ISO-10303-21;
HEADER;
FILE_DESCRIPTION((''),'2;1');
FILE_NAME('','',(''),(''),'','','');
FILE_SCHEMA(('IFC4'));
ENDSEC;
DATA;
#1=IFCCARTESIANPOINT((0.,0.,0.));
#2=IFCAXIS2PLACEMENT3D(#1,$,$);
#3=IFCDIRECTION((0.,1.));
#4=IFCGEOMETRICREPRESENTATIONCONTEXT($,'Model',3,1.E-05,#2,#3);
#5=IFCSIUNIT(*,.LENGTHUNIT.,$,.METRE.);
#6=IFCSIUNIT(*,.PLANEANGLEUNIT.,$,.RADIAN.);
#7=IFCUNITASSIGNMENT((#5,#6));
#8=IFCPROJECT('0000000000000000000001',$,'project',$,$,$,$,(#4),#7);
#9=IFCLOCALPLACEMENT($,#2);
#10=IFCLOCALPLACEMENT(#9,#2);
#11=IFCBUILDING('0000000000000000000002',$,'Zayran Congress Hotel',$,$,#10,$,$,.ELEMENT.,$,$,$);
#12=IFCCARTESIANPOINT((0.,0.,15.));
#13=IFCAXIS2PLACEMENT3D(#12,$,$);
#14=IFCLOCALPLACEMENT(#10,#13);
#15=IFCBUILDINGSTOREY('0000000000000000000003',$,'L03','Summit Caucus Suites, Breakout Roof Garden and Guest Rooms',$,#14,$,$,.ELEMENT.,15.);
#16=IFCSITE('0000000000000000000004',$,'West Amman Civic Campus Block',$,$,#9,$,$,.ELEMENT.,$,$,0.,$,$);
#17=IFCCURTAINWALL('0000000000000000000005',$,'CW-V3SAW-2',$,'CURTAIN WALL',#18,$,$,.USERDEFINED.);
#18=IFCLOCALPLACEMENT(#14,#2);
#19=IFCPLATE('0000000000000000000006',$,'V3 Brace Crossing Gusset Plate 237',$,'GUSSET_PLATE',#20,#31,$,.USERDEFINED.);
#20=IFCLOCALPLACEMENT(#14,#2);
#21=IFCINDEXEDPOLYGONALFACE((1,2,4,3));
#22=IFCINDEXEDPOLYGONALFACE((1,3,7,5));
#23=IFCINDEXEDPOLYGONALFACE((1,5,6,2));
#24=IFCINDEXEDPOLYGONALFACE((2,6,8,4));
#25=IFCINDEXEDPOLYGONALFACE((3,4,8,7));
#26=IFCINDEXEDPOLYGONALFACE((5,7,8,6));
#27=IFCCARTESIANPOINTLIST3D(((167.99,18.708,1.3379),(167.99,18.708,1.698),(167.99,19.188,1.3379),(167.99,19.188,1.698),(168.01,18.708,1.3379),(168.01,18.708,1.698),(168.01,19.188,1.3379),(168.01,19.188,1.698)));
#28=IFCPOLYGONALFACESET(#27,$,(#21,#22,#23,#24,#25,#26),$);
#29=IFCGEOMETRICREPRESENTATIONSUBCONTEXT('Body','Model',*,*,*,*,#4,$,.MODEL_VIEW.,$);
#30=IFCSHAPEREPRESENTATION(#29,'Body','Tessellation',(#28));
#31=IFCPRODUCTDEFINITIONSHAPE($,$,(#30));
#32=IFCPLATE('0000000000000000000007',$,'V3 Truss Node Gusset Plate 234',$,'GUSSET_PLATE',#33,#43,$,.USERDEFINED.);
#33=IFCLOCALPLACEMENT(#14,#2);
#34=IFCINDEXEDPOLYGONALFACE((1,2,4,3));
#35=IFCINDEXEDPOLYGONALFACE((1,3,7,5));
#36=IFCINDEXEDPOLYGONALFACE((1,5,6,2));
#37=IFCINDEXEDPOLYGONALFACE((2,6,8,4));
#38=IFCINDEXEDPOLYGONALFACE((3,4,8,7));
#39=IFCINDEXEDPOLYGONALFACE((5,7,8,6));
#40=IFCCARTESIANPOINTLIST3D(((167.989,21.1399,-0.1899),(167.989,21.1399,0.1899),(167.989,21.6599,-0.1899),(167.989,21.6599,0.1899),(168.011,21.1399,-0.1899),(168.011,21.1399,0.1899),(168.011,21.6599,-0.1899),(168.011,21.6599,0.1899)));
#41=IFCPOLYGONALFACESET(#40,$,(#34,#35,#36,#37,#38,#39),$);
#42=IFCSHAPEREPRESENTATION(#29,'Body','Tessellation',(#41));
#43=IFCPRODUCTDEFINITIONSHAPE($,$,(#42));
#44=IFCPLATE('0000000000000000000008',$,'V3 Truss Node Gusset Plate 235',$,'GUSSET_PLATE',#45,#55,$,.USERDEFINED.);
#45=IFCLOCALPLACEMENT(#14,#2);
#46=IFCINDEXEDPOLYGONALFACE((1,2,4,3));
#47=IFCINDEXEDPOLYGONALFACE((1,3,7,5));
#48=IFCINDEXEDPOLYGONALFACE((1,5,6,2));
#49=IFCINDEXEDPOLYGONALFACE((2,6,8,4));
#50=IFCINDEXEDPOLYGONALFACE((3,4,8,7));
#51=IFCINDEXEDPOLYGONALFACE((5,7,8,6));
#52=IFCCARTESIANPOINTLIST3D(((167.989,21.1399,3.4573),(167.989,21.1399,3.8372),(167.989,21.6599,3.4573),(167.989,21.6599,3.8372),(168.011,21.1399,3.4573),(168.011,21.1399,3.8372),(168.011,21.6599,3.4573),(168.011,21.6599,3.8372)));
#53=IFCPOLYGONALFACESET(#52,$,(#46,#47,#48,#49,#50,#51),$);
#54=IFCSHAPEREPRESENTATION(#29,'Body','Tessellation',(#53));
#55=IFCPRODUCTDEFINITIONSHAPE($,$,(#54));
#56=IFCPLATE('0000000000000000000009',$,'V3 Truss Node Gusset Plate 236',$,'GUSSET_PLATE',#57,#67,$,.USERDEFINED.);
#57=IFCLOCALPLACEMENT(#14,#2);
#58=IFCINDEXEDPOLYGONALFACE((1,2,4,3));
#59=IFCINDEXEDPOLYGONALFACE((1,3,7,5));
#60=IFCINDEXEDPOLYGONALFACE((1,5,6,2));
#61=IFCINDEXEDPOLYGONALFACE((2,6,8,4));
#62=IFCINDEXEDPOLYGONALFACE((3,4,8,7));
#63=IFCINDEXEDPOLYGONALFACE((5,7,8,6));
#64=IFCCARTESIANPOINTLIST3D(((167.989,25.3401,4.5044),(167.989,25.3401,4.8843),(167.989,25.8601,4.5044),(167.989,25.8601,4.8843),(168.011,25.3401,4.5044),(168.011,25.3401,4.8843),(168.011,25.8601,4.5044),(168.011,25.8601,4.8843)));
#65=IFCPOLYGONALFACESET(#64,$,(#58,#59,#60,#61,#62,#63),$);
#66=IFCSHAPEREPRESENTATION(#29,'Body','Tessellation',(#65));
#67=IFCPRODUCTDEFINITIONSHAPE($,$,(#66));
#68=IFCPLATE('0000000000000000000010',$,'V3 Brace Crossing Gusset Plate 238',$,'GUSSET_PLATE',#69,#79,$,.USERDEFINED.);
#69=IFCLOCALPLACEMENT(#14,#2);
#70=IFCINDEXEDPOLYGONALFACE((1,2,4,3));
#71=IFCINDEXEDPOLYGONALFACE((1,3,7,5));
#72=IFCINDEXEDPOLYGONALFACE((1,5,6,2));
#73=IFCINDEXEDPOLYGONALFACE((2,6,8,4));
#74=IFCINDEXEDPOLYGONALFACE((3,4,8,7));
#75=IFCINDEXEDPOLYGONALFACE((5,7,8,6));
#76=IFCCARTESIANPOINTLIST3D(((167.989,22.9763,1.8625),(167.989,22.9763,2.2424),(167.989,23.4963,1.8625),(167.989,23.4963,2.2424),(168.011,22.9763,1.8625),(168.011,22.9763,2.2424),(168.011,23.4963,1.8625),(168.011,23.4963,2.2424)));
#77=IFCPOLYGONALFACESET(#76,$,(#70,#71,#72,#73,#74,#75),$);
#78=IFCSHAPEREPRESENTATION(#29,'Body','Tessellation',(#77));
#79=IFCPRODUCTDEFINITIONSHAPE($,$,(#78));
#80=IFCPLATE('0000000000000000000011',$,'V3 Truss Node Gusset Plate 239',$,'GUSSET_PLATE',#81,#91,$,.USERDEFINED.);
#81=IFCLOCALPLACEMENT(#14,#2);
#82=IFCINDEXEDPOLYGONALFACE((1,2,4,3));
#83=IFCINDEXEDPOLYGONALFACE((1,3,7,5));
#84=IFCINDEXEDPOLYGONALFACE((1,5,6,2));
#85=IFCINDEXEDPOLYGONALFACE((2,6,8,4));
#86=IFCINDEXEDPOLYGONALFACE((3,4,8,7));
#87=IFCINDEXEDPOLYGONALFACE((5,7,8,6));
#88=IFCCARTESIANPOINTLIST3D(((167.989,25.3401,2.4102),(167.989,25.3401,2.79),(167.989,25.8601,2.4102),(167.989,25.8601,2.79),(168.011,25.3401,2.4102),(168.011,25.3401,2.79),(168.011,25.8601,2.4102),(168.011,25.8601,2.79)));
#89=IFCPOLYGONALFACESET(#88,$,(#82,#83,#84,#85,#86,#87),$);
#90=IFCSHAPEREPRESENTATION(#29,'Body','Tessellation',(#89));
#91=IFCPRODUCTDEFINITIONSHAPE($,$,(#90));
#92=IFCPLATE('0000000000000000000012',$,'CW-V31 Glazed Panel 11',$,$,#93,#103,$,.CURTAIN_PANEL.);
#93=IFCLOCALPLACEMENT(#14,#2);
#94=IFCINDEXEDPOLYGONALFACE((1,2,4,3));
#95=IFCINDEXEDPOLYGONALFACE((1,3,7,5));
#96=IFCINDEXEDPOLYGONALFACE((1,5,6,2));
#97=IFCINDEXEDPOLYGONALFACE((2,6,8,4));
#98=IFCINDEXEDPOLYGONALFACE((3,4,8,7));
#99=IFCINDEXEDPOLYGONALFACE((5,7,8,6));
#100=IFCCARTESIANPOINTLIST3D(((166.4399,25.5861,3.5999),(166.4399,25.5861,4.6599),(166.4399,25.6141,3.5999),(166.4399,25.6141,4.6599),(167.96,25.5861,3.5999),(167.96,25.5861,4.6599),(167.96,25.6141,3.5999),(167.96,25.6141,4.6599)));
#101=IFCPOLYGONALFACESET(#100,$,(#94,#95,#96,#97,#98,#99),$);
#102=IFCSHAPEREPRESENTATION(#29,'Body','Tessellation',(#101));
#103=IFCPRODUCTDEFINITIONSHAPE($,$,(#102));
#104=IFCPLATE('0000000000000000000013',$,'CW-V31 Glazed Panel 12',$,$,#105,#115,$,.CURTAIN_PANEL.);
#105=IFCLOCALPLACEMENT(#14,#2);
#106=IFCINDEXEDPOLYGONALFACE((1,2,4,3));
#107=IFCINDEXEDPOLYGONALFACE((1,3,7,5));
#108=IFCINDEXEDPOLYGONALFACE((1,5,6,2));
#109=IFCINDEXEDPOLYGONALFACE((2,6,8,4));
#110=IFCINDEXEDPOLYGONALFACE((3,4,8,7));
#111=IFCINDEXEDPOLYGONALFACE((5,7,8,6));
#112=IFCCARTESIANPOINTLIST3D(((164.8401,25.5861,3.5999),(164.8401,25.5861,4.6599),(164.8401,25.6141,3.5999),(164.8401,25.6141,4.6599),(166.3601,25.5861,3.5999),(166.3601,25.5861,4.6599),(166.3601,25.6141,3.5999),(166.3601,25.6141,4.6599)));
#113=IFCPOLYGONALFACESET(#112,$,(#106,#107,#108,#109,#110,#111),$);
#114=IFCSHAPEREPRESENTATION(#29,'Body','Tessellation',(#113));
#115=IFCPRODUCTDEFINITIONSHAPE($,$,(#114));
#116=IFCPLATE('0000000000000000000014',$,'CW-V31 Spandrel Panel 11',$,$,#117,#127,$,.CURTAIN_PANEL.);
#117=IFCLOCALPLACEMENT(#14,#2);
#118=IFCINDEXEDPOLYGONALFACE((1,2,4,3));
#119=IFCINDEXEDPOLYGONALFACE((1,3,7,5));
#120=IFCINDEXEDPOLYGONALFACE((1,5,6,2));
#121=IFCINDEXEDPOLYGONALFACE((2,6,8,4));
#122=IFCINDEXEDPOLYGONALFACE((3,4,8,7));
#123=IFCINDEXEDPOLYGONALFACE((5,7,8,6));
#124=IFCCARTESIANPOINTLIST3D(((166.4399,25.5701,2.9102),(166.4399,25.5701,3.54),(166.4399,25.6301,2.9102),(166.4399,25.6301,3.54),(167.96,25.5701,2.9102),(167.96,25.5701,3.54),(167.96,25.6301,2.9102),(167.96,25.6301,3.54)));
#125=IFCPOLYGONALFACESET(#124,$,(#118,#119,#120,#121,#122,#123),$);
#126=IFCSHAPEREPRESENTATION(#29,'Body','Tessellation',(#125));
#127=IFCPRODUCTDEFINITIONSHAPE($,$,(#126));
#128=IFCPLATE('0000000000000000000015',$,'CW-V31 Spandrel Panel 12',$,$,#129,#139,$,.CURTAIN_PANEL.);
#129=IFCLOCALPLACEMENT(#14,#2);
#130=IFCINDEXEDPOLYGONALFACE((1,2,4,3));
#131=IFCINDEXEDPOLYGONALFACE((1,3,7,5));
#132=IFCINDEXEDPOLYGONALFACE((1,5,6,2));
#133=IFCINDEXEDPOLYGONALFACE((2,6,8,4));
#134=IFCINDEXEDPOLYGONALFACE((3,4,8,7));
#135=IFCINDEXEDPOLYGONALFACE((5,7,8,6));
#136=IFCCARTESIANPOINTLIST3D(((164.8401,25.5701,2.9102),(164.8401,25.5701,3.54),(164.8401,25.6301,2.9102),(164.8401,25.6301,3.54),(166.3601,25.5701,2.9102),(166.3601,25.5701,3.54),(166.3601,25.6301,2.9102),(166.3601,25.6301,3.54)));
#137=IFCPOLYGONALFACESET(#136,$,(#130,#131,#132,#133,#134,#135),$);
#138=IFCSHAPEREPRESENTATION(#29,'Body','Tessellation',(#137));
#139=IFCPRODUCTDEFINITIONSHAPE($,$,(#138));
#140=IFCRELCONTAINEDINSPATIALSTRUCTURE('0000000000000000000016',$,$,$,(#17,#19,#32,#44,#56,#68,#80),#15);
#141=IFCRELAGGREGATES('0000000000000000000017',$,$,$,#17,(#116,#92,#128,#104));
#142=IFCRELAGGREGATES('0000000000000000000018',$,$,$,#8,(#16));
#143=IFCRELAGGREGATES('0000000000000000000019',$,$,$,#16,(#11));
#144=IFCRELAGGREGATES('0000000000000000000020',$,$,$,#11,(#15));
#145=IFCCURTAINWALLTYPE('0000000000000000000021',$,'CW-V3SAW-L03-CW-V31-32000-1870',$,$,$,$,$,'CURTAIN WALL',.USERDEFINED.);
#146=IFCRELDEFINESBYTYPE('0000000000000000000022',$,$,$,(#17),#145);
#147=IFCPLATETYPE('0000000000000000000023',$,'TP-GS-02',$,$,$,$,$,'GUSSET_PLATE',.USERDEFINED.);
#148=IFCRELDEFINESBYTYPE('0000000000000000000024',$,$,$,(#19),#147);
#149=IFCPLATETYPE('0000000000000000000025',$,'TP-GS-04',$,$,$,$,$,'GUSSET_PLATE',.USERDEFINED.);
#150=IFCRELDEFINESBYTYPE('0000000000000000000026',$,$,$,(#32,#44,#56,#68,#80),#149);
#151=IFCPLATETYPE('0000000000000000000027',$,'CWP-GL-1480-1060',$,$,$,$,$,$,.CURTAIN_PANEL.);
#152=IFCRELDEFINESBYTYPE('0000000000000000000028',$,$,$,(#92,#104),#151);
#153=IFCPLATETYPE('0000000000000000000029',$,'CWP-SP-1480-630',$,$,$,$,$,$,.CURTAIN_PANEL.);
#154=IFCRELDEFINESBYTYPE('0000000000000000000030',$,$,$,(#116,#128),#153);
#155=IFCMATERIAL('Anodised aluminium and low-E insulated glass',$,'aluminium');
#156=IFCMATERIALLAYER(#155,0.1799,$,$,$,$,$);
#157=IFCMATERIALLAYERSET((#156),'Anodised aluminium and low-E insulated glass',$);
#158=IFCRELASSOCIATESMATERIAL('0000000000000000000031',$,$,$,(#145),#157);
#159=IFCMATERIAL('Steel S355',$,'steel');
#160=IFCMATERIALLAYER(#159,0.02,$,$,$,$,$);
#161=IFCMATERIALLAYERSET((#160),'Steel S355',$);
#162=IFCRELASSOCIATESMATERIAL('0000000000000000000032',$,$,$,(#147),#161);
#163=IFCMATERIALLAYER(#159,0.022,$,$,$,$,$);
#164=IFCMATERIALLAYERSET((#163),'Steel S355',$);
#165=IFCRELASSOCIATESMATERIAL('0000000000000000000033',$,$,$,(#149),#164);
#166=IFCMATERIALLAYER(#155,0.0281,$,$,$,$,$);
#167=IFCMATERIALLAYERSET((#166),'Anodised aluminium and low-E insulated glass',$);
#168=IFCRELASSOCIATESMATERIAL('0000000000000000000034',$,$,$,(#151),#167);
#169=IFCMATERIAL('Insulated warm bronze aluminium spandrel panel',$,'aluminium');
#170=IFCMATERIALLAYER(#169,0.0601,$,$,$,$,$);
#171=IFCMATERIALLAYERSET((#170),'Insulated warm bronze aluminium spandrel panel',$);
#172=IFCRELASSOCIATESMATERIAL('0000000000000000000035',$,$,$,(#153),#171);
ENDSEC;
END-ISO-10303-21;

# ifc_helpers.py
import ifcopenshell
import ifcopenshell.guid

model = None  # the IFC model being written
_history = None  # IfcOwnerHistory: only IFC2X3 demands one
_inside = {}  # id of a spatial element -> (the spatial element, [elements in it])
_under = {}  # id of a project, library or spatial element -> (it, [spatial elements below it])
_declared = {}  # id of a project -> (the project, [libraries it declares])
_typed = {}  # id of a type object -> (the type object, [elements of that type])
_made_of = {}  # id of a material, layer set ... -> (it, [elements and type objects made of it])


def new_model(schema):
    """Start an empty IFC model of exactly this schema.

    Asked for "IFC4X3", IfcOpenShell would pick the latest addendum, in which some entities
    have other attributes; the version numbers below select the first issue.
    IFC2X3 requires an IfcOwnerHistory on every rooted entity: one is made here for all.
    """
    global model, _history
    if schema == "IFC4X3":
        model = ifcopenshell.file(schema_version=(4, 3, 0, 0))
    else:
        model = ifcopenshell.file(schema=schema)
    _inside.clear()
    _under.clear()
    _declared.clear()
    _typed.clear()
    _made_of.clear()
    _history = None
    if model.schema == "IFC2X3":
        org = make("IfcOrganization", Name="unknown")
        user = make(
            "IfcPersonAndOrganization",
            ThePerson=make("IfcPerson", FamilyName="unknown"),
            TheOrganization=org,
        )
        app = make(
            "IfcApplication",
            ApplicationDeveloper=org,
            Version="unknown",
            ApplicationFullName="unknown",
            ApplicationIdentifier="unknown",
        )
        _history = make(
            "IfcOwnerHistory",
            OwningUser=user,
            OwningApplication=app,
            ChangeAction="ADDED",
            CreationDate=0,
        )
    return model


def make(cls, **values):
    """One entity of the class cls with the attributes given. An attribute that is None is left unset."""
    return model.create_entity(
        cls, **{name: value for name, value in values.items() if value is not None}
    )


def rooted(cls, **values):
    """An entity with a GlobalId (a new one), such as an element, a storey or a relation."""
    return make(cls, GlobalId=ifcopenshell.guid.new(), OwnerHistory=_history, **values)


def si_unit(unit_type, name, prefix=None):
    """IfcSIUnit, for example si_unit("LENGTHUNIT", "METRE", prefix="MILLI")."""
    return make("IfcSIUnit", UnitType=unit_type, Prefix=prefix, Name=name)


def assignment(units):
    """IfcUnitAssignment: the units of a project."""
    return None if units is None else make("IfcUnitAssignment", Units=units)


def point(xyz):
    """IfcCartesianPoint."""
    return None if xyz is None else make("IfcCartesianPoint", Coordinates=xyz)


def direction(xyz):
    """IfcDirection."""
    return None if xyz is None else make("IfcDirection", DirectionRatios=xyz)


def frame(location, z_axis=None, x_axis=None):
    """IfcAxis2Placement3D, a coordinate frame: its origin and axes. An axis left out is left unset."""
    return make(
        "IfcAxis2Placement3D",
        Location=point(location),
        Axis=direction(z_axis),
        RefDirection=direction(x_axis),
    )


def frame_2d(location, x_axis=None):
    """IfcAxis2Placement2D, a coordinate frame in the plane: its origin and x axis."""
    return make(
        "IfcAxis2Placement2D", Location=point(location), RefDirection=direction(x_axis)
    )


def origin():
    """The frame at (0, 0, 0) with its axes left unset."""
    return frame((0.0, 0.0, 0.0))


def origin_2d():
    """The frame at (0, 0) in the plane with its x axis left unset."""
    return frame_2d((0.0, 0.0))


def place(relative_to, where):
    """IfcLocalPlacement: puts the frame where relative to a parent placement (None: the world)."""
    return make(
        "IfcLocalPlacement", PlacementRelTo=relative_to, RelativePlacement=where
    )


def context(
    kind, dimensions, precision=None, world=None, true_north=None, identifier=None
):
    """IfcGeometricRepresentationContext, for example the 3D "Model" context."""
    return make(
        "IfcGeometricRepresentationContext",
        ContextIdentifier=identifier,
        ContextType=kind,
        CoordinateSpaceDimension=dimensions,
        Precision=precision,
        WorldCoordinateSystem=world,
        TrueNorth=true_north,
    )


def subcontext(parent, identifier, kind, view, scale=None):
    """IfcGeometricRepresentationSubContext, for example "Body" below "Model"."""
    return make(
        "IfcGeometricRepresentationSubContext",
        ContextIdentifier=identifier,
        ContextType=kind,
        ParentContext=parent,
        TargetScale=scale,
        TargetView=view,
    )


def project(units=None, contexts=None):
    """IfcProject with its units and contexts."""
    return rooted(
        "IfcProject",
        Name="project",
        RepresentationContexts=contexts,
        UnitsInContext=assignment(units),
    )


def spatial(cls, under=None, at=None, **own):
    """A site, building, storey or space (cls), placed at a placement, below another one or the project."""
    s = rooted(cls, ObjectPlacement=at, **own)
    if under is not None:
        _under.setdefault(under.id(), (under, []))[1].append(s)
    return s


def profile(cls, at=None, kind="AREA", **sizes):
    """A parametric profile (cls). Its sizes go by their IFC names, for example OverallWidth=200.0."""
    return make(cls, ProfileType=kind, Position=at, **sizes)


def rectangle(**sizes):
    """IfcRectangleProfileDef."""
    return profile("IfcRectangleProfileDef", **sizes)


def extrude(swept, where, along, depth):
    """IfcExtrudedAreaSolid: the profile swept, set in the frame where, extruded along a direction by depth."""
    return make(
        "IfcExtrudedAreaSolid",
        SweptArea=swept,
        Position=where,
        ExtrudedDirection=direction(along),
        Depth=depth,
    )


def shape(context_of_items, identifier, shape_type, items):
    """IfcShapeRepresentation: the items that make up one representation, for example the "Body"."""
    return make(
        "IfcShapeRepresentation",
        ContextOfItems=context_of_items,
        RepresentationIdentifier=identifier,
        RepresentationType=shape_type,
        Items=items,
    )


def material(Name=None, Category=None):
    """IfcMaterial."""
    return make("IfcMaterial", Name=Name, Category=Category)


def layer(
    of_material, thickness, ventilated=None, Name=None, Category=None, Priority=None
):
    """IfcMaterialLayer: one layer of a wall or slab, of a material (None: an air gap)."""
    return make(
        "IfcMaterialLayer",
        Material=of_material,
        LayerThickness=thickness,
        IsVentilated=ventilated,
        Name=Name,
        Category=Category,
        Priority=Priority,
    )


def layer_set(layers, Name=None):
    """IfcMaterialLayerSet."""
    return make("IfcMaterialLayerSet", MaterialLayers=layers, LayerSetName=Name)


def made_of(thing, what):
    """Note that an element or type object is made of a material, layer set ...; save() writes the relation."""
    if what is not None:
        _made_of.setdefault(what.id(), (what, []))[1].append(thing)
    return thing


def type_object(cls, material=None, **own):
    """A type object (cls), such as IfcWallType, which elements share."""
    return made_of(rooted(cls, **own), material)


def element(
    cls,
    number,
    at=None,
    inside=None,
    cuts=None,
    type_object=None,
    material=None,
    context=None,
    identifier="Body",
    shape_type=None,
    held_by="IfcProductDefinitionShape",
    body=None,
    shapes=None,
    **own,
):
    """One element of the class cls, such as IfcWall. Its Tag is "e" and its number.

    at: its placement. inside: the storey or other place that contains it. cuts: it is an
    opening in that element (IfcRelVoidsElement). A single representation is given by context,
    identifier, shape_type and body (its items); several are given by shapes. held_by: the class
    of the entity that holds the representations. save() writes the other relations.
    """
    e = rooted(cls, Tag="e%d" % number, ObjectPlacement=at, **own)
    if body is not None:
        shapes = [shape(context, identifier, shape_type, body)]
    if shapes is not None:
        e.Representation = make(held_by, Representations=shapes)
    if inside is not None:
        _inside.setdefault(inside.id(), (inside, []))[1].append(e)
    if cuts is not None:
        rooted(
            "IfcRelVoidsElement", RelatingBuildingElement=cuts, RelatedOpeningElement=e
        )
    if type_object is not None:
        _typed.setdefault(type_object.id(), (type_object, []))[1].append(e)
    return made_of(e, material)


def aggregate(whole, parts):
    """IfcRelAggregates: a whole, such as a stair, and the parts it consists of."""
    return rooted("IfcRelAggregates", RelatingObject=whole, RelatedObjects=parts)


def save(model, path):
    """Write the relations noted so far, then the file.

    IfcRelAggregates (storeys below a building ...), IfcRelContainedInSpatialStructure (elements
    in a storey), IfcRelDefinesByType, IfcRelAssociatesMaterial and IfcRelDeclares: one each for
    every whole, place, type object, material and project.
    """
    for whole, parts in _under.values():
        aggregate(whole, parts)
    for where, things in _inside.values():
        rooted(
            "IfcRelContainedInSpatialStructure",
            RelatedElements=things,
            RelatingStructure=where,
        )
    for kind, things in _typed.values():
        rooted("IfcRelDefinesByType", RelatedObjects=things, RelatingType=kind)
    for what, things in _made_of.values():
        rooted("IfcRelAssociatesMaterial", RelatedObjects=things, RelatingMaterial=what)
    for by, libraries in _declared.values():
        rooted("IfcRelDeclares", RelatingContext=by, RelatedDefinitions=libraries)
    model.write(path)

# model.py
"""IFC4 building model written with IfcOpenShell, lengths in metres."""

from ifc_helpers import new_model, si_unit, direction, frame, origin, origin_2d, place, context, subcontext, project, spatial, rectangle, extrude, material, layer, layer_set, type_object, element, aggregate, save


model = new_model("IFC4")

# Units and contexts
model_context = context("Model", 3, precision=1e-05, world=origin(), true_north=direction((0.0, 1.0)))
body_context = subcontext(model_context, "Body", "Model", "MODEL_VIEW")
ifc_project = project(units=[si_unit("LENGTHUNIT", "METRE"), si_unit("PLANEANGLEUNIT", "RADIAN")], contexts=[model_context])

# Site, building, storey
site_placement = place(None, origin())
site = spatial("IfcSite", under=ifc_project, at=site_placement, Name="West Amman Civic Campus Block", CompositionType="ELEMENT", RefElevation=0.0)
building_placement = place(site_placement, origin())
building = spatial("IfcBuilding", under=site, at=building_placement, Name="Zayran Congress Hotel", CompositionType="ELEMENT")
storey_placement = place(building_placement, frame((0.0, 0.0, 15.0)))
storey = spatial("IfcBuildingStorey", under=building, at=storey_placement, Name="L03", Description="Summit Caucus Suites, Breakout Roof Garden and Guest Rooms", CompositionType="ELEMENT", Elevation=15.0)

# Shared definitions
ifc_material_1 = material(Name="Steel S355", Category="steel")

# Curtain wall
ifc_material_2 = material(Name="Anodised aluminium and low-E insulated glass", Category="aluminium")
ifc_layer_1 = layer(ifc_material_2, 0.1799)
ifc_layer_set_1 = layer_set([ifc_layer_1], Name="Anodised aluminium and low-E insulated glass")
curtain_wall_type = type_object("IfcCurtainWallType", Name="CW-V3SAW-L03-CW-V31-32000-1870", ElementType="CURTAIN WALL", PredefinedType="USERDEFINED", material=ifc_layer_set_1)
curtain_wall_placement = place(storey_placement, origin())
curtain_wall = element("IfcCurtainWall", 1, at=curtain_wall_placement, inside=storey, type_object=curtain_wall_type, Name="CW-V3SAW-2", ObjectType="CURTAIN WALL", PredefinedType="USERDEFINED")

# Plates
ifc_layer_2 = layer(ifc_material_1, 0.02)
ifc_layer_set_2 = layer_set([ifc_layer_2], Name="Steel S355")
plate_type_1 = type_object("IfcPlateType", Name="TP-GS-02", ElementType="GUSSET_PLATE", PredefinedType="USERDEFINED", material=ifc_layer_set_2)
plate_1_placement = place(storey_placement, frame((168.0, 18.948, 1.3379), z_axis=(0.0, 0.0, 1.0), x_axis=(0.0, 1.0, 0.0)))
element("IfcPlate", 2, at=plate_1_placement, inside=storey, type_object=plate_type_1, Name="V3 Brace Crossing Gusset Plate 237", ObjectType="GUSSET_PLATE", PredefinedType="USERDEFINED", context=body_context, shape_type="SweptSolid", body=[
    extrude(rectangle(XDim=0.48, YDim=0.02, at=origin_2d()), origin(), (0.0, 0.0, 1.0), 0.3601),
])
ifc_layer_3 = layer(ifc_material_1, 0.022)
ifc_layer_set_3 = layer_set([ifc_layer_3], Name="Steel S355")
plate_type_2 = type_object("IfcPlateType", Name="TP-GS-04", ElementType="GUSSET_PLATE", PredefinedType="USERDEFINED", material=ifc_layer_set_3)
for number, where, z_axis, x_axis, name in (
    (3, (168.0, 21.3999, -0.1899), (0.0, 0.0, 1.0), (0.0, 1.0, 0.0), "V3 Truss Node Gusset Plate 234"),
    (4, (168.0, 21.3999, 3.4573), (0.0, 0.0, 1.0), (0.0, 1.0, 0.0), "V3 Truss Node Gusset Plate 235"),
    (5, (168.0, 25.6001, 4.5044), (0.0, 0.0, 1.0), (0.0, 1.0, 0.0), "V3 Truss Node Gusset Plate 236"),
    (6, (168.0, 23.2363, 1.8625), (0.0, 0.0, 1.0), (0.0, 1.0, 0.0), "V3 Brace Crossing Gusset Plate 238"),
    (7, (168.0, 25.6001, 2.4102), (0.0, 0.0, 1.0), (0.0, 1.0, 0.0), "V3 Truss Node Gusset Plate 239"),
):
    element("IfcPlate", number, at=place(storey_placement, frame(where, z_axis=z_axis, x_axis=x_axis)), inside=storey, type_object=plate_type_2, Name=name, ObjectType="GUSSET_PLATE", PredefinedType="USERDEFINED", context=body_context, shape_type="SweptSolid", body=[
        extrude(rectangle(XDim=0.52, YDim=0.022, at=origin_2d()), origin(), (0.0, 0.0, 1.0), 0.3799),
    ])

# Plates
ifc_layer_4 = layer(ifc_material_2, 0.0281)
ifc_layer_set_4 = layer_set([ifc_layer_4], Name="Anodised aluminium and low-E insulated glass")
plate_type_3 = type_object("IfcPlateType", Name="CWP-GL-1480-1060", PredefinedType="CURTAIN_PANEL", material=ifc_layer_set_4)
plate_2_placement = place(storey_placement, frame((167.2, 25.6001, 3.5999), z_axis=(0.0, 0.0, 1.0), x_axis=(1.0, 0.0, 0.0)))
plate_2 = element("IfcPlate", 8, at=plate_2_placement, type_object=plate_type_3, Name="CW-V31 Glazed Panel 11", PredefinedType="CURTAIN_PANEL", context=body_context, shape_type="SweptSolid", body=[
    extrude(rectangle(XDim=1.52, YDim=0.0281, at=origin_2d()), origin(), (0.0, 0.0, 1.0), 1.0601),
])
plate_3_placement = place(storey_placement, frame((165.6001, 25.6001, 3.5999), z_axis=(0.0, 0.0, 1.0), x_axis=(1.0, 0.0, 0.0)))
plate_3 = element("IfcPlate", 9, at=plate_3_placement, type_object=plate_type_3, Name="CW-V31 Glazed Panel 12", PredefinedType="CURTAIN_PANEL", context=body_context, shape_type="SweptSolid", body=[
    extrude(rectangle(XDim=1.52, YDim=0.0281, at=origin_2d()), origin(), (0.0, 0.0, 1.0), 1.0601),
])
ifc_material_3 = material(Name="Insulated warm bronze aluminium spandrel panel", Category="aluminium")
ifc_layer_5 = layer(ifc_material_3, 0.0601)
ifc_layer_set_5 = layer_set([ifc_layer_5], Name="Insulated warm bronze aluminium spandrel panel")
plate_type_4 = type_object("IfcPlateType", Name="CWP-SP-1480-630", PredefinedType="CURTAIN_PANEL", material=ifc_layer_set_5)
plate_4_placement = place(storey_placement, frame((167.2, 25.6001, 2.9102), z_axis=(0.0, 0.0, 1.0), x_axis=(1.0, 0.0, 0.0)))
plate_4 = element("IfcPlate", 10, at=plate_4_placement, type_object=plate_type_4, Name="CW-V31 Spandrel Panel 11", PredefinedType="CURTAIN_PANEL", context=body_context, shape_type="SweptSolid", body=[
    extrude(rectangle(XDim=1.52, YDim=0.0601, at=origin_2d()), origin(), (0.0, 0.0, 1.0), 0.6299),
])
plate_5_placement = place(storey_placement, frame((165.6001, 25.6001, 2.9102), z_axis=(0.0, 0.0, 1.0), x_axis=(1.0, 0.0, 0.0)))
plate_5 = element("IfcPlate", 11, at=plate_5_placement, type_object=plate_type_4, Name="CW-V31 Spandrel Panel 12", PredefinedType="CURTAIN_PANEL", context=body_context, shape_type="SweptSolid", body=[
    extrude(rectangle(XDim=1.52, YDim=0.0601, at=origin_2d()), origin(), (0.0, 0.0, 1.0), 0.6299),
])
aggregate(curtain_wall, [plate_4, plate_2, plate_5, plate_3])

save(model, "model.ifc")
